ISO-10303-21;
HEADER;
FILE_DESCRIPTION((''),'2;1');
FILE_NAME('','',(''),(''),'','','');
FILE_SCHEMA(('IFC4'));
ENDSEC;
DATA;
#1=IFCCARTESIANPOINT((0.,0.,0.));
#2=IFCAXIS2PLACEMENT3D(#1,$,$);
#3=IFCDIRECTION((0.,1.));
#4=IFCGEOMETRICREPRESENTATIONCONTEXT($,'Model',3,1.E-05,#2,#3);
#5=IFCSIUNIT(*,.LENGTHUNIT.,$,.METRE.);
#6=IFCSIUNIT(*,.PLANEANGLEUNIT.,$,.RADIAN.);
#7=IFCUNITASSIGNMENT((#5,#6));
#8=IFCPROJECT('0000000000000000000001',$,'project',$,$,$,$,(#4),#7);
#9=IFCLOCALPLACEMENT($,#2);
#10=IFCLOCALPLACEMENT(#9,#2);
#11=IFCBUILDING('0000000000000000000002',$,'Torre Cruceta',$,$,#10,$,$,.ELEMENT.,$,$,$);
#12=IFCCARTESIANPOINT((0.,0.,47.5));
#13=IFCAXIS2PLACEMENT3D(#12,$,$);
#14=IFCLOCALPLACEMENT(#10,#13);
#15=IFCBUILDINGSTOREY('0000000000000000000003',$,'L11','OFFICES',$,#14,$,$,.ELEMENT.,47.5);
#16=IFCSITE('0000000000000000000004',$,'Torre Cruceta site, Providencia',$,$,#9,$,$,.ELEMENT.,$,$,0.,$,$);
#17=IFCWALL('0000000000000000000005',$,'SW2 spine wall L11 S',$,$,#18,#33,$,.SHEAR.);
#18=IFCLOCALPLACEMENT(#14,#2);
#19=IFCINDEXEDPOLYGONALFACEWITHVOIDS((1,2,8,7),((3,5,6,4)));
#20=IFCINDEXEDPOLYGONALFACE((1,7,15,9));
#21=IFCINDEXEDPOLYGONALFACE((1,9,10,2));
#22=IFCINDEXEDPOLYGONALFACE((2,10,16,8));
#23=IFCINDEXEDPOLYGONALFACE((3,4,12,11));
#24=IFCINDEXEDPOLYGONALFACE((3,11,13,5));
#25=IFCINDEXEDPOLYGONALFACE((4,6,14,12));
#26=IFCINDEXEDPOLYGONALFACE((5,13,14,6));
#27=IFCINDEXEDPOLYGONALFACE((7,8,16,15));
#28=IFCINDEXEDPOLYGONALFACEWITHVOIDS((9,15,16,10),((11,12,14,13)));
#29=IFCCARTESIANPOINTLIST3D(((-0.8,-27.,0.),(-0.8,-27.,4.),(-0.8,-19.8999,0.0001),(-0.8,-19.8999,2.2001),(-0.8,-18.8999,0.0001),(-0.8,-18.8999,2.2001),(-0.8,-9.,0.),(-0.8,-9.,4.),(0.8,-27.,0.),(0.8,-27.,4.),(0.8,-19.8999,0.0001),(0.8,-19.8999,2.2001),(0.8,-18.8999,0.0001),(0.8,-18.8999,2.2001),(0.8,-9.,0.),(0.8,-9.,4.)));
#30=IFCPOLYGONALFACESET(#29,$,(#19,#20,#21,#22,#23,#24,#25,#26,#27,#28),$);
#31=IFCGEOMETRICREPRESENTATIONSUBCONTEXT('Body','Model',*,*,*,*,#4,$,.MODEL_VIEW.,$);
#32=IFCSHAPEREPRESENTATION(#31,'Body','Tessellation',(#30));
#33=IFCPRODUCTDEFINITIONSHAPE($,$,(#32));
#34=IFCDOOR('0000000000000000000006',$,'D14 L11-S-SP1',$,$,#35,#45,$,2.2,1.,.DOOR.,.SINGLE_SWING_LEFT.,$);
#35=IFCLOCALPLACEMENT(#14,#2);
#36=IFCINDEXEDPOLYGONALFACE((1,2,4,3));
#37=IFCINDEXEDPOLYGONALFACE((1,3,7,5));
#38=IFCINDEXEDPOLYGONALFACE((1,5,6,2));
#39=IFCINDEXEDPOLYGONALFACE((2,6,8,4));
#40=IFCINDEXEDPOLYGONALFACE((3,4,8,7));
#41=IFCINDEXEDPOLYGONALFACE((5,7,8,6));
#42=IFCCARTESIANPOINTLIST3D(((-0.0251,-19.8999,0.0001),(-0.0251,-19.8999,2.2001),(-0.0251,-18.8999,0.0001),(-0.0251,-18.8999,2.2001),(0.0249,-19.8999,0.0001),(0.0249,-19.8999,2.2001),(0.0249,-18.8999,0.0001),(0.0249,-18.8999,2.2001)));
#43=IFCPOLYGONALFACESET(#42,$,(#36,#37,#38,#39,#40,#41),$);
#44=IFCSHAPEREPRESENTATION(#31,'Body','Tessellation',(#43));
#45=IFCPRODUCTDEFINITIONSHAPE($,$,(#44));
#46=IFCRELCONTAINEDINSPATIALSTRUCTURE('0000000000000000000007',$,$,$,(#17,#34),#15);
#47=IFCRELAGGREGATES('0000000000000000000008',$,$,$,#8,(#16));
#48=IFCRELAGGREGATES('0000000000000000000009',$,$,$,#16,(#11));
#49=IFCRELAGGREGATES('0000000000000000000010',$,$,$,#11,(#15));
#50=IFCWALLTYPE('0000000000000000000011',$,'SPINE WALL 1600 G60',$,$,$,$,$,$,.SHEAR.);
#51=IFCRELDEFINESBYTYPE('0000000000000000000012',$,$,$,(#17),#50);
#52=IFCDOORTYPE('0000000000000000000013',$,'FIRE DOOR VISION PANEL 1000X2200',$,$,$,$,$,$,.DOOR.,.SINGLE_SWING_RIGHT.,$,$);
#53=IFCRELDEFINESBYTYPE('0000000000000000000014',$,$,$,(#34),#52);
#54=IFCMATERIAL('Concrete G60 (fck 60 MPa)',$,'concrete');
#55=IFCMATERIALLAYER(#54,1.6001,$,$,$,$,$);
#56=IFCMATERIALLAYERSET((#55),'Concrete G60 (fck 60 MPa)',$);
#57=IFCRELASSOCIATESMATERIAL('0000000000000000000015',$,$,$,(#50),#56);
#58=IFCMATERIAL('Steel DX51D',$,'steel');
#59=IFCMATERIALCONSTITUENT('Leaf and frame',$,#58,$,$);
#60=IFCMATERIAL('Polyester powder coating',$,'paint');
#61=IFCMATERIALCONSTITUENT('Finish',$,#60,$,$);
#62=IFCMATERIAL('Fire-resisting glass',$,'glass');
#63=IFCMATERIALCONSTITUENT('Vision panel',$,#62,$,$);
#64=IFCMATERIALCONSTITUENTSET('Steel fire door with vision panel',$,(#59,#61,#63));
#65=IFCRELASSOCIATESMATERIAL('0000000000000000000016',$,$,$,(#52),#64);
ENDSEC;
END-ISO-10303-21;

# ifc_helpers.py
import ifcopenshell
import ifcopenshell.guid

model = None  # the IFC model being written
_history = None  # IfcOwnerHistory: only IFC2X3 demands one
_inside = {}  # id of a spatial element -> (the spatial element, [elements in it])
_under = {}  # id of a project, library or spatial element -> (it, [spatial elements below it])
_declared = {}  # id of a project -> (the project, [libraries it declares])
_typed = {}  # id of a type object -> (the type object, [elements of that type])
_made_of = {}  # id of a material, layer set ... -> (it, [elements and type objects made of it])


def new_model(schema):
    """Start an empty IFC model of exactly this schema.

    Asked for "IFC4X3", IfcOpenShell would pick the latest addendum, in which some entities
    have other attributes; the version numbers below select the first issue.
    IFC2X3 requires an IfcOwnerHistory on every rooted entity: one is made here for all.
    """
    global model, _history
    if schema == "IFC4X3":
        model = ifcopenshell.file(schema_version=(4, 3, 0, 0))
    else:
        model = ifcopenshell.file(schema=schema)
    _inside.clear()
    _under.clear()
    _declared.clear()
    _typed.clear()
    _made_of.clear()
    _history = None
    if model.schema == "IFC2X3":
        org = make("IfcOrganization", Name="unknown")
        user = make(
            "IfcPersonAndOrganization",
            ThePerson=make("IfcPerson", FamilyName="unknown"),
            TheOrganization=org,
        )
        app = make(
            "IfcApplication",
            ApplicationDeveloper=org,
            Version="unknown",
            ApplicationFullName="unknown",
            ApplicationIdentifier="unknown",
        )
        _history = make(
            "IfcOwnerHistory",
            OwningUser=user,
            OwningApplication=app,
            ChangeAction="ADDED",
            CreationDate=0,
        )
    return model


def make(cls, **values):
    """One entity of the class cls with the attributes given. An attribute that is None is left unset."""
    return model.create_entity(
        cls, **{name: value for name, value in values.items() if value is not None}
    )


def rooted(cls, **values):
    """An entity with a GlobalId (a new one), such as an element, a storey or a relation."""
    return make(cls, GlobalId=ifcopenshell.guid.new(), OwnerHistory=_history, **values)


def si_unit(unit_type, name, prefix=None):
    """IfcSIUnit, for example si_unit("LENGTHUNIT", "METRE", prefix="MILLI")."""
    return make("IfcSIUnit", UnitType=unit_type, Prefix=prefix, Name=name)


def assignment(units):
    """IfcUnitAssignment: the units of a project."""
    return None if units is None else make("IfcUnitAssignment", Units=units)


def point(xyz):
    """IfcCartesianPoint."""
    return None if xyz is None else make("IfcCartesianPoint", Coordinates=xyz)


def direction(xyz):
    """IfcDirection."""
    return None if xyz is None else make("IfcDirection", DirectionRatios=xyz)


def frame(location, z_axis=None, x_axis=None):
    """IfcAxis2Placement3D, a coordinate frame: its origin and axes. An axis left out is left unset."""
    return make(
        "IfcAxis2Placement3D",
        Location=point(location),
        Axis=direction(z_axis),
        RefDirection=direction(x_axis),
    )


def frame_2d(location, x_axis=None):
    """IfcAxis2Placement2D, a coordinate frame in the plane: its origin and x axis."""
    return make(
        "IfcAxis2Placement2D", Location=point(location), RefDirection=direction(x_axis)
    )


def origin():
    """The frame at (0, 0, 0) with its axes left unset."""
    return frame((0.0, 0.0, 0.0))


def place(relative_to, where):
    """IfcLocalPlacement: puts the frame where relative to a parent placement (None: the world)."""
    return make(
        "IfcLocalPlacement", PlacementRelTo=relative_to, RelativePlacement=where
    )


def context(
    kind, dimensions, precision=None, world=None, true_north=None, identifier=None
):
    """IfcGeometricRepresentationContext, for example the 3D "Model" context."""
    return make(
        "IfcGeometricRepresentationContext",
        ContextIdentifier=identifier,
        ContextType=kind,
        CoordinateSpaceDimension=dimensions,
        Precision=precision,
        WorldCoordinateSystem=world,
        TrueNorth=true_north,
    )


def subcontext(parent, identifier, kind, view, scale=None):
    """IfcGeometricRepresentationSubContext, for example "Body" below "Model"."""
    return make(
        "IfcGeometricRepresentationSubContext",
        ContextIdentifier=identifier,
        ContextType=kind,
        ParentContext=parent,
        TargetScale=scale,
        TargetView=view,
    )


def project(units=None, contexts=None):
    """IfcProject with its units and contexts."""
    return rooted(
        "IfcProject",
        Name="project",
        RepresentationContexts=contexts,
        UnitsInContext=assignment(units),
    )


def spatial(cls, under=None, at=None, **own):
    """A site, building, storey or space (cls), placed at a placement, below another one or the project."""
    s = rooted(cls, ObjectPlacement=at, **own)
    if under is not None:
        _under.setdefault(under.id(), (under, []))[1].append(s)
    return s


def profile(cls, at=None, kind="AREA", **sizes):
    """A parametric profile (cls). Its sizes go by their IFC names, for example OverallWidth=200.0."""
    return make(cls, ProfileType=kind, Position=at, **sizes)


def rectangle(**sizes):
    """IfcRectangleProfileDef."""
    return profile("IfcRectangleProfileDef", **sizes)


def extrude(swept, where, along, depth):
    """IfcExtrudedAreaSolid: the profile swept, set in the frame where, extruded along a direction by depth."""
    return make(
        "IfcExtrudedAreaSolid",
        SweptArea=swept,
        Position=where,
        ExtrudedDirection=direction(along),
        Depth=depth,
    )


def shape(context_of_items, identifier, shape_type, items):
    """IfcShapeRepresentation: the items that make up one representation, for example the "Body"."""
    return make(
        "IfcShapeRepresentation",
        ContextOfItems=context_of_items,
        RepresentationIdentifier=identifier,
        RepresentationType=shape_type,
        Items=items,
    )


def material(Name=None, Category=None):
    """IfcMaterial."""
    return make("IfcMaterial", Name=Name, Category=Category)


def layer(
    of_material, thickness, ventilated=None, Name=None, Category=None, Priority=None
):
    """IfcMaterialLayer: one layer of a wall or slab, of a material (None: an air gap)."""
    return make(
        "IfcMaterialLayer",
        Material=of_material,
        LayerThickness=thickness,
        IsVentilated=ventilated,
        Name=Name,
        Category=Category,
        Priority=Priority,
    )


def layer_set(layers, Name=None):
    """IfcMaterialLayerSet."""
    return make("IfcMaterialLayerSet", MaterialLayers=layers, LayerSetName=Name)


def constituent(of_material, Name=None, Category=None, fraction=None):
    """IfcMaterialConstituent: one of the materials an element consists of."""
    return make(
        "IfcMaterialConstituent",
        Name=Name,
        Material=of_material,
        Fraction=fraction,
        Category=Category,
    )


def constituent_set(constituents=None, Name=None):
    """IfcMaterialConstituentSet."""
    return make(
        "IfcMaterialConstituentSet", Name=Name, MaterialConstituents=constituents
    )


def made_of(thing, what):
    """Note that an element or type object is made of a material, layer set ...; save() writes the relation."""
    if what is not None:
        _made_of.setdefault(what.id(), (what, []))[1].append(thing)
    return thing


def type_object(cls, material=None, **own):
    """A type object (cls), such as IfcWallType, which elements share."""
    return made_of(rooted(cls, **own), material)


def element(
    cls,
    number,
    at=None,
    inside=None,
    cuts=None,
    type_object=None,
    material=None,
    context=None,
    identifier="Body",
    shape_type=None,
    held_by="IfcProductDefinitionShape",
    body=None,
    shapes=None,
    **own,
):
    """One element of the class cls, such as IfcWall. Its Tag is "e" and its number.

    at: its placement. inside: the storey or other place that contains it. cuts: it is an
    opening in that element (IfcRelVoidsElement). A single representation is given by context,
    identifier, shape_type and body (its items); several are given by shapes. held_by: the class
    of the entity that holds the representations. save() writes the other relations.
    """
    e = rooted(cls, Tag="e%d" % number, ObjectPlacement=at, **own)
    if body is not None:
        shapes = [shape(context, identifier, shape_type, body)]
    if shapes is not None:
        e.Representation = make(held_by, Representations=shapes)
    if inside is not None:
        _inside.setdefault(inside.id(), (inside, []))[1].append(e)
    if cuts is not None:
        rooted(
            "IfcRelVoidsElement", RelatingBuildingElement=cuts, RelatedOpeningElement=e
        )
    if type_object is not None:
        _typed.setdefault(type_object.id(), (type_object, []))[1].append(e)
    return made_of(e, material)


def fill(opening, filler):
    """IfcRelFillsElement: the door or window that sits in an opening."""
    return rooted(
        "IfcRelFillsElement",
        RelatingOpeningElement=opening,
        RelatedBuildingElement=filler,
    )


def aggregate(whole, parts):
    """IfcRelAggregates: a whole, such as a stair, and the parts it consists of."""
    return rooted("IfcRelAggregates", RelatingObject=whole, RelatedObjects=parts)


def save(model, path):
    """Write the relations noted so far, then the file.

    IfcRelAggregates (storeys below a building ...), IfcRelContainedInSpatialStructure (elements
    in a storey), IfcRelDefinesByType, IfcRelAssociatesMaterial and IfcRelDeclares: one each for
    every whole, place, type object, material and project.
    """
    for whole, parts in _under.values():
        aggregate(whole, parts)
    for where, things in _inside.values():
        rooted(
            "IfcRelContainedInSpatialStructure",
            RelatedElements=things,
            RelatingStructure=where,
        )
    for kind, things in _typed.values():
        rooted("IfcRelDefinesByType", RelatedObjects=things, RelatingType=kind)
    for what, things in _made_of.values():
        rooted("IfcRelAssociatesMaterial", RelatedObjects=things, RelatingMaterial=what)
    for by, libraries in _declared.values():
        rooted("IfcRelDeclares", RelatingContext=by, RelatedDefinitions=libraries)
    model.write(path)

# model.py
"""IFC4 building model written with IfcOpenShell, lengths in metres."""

from ifc_helpers import new_model, si_unit, direction, frame, frame_2d, origin, place, context, subcontext, project, spatial, rectangle, extrude, material, layer, layer_set, constituent, constituent_set, type_object, element, fill, save


model = new_model("IFC4")

# Units and contexts
model_context = context("Model", 3, precision=1e-05, world=origin(), true_north=direction((0.0, 1.0)))
body_context = subcontext(model_context, "Body", "Model", "MODEL_VIEW")
ifc_project = project(units=[si_unit("LENGTHUNIT", "METRE"), si_unit("PLANEANGLEUNIT", "RADIAN")], contexts=[model_context])

# Site, building, storey
site_placement = place(None, origin())
site = spatial("IfcSite", under=ifc_project, at=site_placement, Name="Torre Cruceta site, Providencia", CompositionType="ELEMENT", RefElevation=0.0)
building_placement = place(site_placement, origin())
building = spatial("IfcBuilding", under=site, at=building_placement, Name="Torre Cruceta", CompositionType="ELEMENT")
storey_placement = place(building_placement, frame((0.0, 0.0, 47.5)))
storey = spatial("IfcBuildingStorey", under=building, at=storey_placement, Name="L11", Description="OFFICES", CompositionType="ELEMENT", Elevation=47.5)

# Wall, opening, door
ifc_material_1 = material(Name="Concrete G60 (fck 60 MPa)", Category="concrete")
ifc_layer_1 = layer(ifc_material_1, 1.6001)
ifc_layer_set_1 = layer_set([ifc_layer_1], Name="Concrete G60 (fck 60 MPa)")
wall_type_1 = type_object("IfcWallType", Name="SPINE WALL 1600 G60", PredefinedType="SHEAR", material=ifc_layer_set_1)
wall_1_placement = place(storey_placement, frame((0.0, -9.0, 0.0), z_axis=(0.0, 0.0, 1.0), x_axis=(0.0, -1.0, 0.0)))
wall_1 = element("IfcWall", 1, at=wall_1_placement, inside=storey, type_object=wall_type_1, Name="SW2 spine wall L11 S", PredefinedType="SHEAR", context=body_context, shape_type="SweptSolid", body=[
    extrude(rectangle(XDim=18.0, YDim=1.6001, at=frame_2d((9.0, 0.0))), origin(), (0.0, 0.0, 1.0), 4.0),
])
opening_1_placement = place(wall_1_placement, frame((9.8999, 0.0, 0.0)))
opening_1 = element("IfcOpeningElement", 2, at=opening_1_placement, cuts=wall_1, PredefinedType="OPENING", context=body_context, shape_type="SweptSolid", body=[
    extrude(rectangle(XDim=1.0, YDim=2.2, at=frame_2d((0.5, 1.1001))), frame((0.0, 0.8101, 0.0), z_axis=(0.0, -1.0, 0.0), x_axis=(1.0, 0.0, 0.0)), (0.0, 0.0, 1.0), 1.6201),
])
ifc_material_2 = material(Name="Steel DX51D", Category="steel")
ifc_constituent_1 = constituent(ifc_material_2, Name="Leaf and frame")
ifc_material_3 = material(Name="Polyester powder coating", Category="paint")
ifc_constituent_2 = constituent(ifc_material_3, Name="Finish")
ifc_material_4 = material(Name="Fire-resisting glass", Category="glass")
ifc_constituent_3 = constituent(ifc_material_4, Name="Vision panel")
ifc_constituent_set_1 = constituent_set(constituents=[ifc_constituent_1, ifc_constituent_2, ifc_constituent_3], Name="Steel fire door with vision panel")
door_type_1 = type_object("IfcDoorType", Name="FIRE DOOR VISION PANEL 1000X2200", OperationType="SINGLE_SWING_RIGHT", PredefinedType="DOOR", material=ifc_constituent_set_1)
door_1_placement = place(opening_1_placement, frame((1.0, 0.0, 0.0), z_axis=(0.0, 0.0, 1.0), x_axis=(-1.0, 0.0, 0.0)))
door_1 = element("IfcDoor", 3, at=door_1_placement, inside=storey, type_object=door_type_1, Name="D14 L11-S-SP1", OperationType="SINGLE_SWING_LEFT", OverallHeight=2.2, OverallWidth=1.0, PredefinedType="DOOR", context=body_context, shape_type="SweptSolid", body=[
    extrude(rectangle(XDim=1.0, YDim=2.2, at=frame_2d((0.5, 1.1001))), frame((0.0, 0.0251, 0.0), z_axis=(0.0, -1.0, 0.0), x_axis=(1.0, 0.0, 0.0)), (0.0, 0.0, 1.0), 0.05),
])
fill(opening_1, door_1)

save(model, "model.ifc")
